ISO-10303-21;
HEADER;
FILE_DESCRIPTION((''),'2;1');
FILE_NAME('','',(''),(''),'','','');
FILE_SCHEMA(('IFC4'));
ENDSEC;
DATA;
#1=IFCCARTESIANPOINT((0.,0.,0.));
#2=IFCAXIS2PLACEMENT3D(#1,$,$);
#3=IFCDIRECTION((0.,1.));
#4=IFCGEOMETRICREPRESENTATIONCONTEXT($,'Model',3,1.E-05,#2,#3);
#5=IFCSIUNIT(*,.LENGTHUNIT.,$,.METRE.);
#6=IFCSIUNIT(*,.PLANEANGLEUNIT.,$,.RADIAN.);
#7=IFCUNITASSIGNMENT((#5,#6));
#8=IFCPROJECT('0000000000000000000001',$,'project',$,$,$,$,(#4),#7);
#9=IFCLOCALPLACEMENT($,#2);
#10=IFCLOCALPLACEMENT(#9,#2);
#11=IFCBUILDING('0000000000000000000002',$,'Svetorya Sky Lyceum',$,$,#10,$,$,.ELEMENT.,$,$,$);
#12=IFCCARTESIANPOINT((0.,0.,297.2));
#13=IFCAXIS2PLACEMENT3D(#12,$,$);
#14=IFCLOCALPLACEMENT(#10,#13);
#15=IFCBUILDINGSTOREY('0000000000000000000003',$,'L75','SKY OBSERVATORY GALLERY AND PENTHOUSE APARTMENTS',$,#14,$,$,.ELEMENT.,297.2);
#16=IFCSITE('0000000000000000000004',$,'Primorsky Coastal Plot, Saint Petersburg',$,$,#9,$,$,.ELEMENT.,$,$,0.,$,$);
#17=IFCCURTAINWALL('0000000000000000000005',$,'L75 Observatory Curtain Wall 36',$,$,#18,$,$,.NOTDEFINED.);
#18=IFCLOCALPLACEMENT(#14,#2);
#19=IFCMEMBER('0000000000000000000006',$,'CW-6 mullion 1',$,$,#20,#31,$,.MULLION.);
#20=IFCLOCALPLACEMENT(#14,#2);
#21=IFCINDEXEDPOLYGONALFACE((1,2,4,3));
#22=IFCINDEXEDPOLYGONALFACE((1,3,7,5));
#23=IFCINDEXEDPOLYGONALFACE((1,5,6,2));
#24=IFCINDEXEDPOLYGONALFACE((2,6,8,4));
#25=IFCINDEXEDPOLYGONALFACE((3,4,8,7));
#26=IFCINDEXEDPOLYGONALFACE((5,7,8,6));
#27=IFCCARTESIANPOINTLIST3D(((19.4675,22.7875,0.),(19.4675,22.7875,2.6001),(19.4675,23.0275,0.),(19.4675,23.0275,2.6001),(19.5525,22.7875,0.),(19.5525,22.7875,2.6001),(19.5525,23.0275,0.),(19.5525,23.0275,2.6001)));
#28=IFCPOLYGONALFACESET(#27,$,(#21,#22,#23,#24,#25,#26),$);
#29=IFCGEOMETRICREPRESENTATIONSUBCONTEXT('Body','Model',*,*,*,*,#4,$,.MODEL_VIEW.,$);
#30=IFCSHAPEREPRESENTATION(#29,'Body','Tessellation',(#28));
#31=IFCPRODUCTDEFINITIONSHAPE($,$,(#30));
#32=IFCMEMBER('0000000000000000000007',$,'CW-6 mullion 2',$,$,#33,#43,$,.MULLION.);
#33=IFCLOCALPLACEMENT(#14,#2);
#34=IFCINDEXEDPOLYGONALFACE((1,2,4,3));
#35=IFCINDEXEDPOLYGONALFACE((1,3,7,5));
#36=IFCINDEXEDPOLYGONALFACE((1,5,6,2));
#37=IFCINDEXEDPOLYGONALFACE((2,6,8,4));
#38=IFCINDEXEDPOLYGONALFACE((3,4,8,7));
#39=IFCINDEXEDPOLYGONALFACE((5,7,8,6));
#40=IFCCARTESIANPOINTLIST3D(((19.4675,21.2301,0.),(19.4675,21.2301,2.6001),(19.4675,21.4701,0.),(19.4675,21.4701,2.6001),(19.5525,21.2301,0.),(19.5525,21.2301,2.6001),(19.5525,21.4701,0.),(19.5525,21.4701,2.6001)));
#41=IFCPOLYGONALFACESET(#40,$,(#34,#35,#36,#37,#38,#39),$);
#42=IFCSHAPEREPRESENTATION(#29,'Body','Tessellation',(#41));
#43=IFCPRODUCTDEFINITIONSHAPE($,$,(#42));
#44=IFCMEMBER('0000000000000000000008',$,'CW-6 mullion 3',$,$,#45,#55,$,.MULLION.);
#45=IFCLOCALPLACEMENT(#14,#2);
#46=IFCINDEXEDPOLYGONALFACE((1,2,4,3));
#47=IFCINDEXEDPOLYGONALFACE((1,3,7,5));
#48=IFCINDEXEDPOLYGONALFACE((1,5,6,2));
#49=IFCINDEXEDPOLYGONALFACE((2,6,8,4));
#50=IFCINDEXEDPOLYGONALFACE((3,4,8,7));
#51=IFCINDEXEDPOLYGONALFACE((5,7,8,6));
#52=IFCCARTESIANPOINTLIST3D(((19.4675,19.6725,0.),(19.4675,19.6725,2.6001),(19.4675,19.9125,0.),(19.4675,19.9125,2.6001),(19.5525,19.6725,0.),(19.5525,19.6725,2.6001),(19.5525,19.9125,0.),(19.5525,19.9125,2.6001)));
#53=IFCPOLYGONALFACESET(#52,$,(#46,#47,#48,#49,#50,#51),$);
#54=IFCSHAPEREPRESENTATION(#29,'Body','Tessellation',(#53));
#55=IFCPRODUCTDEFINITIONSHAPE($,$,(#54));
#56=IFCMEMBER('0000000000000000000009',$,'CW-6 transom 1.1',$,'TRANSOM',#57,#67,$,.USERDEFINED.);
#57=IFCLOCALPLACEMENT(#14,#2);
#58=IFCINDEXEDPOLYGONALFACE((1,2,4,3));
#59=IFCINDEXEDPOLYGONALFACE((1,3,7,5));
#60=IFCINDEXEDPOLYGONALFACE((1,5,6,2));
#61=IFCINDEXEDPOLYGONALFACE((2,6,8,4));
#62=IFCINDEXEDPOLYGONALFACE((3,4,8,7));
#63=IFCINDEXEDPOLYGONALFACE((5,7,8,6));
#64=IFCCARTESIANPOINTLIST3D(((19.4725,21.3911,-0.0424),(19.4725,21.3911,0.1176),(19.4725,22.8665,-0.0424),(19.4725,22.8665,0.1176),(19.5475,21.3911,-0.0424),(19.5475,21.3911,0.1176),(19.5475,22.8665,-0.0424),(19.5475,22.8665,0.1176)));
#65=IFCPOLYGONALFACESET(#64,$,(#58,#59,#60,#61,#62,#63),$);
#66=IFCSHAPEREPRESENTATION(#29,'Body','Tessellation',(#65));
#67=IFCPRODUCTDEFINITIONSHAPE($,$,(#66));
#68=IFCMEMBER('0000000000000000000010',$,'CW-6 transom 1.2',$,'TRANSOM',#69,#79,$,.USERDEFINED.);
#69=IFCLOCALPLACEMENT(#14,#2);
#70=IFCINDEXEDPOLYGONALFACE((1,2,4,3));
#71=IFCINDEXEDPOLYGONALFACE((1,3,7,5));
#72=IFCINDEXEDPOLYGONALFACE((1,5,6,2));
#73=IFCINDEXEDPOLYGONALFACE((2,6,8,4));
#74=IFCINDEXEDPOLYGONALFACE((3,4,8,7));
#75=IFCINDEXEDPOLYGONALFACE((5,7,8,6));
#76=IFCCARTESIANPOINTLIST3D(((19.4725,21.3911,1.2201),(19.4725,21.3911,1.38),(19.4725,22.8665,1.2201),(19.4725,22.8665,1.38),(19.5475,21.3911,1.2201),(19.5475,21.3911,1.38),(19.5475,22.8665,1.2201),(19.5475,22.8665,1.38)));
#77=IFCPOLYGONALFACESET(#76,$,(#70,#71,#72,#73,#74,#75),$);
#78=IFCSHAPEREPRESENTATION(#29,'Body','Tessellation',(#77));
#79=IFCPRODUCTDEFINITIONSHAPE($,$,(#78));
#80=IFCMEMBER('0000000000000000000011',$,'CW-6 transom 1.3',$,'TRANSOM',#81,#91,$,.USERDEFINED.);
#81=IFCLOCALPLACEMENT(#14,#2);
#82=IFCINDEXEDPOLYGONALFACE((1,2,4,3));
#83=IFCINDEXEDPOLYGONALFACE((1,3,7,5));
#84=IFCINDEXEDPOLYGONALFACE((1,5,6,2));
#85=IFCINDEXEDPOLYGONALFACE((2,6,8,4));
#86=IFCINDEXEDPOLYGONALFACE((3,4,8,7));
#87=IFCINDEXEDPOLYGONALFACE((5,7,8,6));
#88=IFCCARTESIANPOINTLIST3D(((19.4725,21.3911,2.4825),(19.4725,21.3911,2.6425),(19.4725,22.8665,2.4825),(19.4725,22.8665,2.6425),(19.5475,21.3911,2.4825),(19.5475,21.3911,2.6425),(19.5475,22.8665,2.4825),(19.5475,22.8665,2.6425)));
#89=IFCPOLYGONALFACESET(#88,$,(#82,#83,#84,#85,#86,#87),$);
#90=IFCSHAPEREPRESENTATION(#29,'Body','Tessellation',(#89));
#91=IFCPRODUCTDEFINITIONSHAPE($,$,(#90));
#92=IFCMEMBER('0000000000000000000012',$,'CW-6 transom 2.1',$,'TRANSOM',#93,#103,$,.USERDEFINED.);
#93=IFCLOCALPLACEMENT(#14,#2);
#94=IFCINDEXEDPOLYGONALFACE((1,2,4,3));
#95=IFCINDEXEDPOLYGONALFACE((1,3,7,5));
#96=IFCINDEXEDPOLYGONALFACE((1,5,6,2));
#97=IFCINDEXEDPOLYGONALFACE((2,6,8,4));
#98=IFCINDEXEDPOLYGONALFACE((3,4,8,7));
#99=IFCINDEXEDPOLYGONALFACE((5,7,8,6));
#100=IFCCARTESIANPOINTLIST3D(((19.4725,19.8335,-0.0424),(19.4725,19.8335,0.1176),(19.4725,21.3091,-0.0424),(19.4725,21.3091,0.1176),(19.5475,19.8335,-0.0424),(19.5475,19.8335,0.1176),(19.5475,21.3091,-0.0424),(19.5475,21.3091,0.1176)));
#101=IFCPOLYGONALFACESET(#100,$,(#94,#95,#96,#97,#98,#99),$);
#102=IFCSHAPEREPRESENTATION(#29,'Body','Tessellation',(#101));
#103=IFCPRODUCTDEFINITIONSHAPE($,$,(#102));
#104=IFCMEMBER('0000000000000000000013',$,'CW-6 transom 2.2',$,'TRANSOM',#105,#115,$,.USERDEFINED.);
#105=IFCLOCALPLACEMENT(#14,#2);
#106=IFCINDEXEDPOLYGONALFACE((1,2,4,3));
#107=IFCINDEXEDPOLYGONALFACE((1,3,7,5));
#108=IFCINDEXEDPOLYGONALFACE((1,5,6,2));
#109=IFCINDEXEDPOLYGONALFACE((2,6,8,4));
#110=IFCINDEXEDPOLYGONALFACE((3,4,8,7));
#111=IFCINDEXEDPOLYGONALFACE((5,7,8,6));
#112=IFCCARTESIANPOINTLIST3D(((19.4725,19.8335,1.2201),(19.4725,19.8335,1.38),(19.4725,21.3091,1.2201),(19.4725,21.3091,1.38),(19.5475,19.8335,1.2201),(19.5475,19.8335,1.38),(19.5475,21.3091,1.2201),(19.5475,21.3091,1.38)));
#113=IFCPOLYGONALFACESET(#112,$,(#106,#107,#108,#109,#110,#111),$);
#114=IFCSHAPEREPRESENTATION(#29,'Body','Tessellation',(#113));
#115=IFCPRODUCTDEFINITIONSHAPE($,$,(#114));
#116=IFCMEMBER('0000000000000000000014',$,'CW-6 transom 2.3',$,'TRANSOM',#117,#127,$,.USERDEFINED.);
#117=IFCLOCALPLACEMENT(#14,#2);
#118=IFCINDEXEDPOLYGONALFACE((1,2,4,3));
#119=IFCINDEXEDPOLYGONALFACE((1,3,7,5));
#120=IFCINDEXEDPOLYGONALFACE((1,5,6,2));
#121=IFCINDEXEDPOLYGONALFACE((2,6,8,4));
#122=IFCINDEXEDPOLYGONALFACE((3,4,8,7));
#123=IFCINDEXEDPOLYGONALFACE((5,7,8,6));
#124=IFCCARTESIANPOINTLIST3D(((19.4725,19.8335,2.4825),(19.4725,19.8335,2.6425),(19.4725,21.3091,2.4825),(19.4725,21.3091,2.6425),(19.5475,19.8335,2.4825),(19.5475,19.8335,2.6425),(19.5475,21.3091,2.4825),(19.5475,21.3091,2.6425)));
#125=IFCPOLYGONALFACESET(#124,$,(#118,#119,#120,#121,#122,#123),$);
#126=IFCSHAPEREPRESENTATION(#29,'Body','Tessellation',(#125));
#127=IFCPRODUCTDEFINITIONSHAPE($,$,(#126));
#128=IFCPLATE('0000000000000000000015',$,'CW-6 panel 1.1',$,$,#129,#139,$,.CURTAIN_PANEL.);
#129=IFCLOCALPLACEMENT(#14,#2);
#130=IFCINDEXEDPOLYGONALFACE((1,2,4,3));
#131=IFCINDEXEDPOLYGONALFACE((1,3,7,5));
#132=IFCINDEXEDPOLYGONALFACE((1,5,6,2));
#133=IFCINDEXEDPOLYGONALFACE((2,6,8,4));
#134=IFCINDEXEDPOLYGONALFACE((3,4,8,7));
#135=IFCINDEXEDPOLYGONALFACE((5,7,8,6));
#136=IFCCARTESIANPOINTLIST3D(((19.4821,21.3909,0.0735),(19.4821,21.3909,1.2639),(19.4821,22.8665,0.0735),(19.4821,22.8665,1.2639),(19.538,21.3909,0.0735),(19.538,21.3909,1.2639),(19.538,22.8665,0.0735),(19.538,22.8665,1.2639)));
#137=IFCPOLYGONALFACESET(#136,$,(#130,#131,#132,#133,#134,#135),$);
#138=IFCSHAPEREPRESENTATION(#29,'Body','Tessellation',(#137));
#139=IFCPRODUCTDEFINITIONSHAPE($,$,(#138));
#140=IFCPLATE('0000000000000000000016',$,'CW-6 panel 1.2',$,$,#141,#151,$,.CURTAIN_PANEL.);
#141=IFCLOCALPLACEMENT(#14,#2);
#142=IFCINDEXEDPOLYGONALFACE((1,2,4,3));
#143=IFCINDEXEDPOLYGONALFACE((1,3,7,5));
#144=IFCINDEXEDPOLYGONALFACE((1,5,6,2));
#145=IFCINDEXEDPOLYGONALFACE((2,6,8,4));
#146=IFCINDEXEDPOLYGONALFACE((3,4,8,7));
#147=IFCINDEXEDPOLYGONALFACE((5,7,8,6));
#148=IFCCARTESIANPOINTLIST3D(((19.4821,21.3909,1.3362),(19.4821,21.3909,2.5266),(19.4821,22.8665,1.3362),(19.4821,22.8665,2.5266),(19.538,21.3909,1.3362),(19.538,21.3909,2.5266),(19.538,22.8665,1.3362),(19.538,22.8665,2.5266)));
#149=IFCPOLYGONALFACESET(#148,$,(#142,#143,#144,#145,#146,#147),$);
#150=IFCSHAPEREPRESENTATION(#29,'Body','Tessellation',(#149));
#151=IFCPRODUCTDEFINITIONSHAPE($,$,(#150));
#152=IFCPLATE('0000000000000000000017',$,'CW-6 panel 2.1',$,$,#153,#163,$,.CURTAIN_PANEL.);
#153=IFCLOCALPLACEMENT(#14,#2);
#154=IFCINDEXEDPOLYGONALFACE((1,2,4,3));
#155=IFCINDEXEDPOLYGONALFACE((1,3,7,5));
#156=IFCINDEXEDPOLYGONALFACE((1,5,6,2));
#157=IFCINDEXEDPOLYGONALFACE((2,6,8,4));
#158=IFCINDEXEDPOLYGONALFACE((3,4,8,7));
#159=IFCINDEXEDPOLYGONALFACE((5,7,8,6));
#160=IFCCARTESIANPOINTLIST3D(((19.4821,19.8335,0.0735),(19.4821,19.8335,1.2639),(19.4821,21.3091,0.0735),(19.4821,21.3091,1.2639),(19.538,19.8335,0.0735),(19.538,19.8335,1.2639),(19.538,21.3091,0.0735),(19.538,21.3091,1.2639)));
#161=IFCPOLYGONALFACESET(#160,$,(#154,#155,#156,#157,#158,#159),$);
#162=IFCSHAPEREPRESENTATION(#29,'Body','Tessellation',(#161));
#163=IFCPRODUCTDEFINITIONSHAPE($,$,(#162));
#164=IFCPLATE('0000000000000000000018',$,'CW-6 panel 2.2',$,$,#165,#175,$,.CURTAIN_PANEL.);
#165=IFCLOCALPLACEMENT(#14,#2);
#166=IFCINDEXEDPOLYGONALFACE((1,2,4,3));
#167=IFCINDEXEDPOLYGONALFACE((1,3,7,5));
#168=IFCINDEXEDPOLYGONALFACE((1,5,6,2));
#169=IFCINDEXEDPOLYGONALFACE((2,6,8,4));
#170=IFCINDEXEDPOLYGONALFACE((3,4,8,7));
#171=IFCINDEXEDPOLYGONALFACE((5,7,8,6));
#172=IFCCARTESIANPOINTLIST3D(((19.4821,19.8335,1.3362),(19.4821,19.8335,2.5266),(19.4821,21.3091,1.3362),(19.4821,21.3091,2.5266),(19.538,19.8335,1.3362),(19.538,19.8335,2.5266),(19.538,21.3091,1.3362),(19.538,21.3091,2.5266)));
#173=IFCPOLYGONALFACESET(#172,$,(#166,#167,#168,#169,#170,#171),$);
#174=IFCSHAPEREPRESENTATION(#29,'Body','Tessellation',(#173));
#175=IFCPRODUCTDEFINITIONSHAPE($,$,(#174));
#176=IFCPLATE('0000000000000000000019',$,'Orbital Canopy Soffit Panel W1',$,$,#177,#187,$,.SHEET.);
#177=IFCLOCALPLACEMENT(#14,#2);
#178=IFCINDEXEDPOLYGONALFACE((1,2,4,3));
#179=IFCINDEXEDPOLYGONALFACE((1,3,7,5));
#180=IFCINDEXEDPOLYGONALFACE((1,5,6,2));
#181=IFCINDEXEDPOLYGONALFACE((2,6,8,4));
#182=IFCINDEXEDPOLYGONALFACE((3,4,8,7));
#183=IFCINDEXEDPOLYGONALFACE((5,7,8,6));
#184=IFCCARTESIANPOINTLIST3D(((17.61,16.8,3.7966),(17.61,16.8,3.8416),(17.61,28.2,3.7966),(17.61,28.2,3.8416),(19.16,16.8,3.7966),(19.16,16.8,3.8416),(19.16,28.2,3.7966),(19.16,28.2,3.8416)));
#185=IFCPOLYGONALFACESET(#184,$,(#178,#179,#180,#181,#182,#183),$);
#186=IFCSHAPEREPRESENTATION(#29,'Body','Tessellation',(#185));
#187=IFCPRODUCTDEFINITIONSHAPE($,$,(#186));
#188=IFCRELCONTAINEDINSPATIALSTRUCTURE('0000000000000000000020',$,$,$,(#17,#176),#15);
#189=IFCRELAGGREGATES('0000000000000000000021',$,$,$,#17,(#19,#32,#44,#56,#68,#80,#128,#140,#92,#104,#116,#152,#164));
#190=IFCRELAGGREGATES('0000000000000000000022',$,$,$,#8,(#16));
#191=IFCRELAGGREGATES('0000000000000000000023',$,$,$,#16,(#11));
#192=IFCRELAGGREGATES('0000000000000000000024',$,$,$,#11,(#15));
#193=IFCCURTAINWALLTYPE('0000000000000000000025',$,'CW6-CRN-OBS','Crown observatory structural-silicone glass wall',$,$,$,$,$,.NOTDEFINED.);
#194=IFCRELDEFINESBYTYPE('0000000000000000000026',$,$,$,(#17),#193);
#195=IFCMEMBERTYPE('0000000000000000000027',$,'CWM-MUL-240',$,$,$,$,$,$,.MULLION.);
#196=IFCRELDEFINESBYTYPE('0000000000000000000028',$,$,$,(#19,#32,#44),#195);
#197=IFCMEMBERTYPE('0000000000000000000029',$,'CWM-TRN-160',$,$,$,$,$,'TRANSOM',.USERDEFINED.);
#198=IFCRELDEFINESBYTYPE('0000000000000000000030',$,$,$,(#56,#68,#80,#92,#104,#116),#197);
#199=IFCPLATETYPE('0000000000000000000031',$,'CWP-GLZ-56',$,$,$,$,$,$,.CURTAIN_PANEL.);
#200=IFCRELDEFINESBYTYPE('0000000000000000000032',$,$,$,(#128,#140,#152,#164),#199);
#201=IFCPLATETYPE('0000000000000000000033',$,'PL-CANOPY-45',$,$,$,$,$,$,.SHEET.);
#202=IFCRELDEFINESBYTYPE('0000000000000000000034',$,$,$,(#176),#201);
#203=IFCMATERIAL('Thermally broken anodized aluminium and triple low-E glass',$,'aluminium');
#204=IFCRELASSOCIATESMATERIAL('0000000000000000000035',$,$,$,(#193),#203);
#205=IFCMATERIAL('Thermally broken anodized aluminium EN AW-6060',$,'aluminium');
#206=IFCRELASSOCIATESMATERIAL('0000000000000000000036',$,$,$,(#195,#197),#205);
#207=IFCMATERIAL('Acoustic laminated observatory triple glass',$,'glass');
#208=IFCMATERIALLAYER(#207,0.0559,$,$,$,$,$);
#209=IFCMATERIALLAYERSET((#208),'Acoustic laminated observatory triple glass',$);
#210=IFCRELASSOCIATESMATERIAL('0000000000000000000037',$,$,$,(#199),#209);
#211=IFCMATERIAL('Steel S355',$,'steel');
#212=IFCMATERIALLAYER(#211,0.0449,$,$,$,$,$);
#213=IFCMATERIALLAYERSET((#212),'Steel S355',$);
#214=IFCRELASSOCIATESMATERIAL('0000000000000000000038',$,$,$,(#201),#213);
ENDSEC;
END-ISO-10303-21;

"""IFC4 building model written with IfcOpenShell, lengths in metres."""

from ifc_helpers import new_model, si_unit, direction, frame, origin, origin_2d, place, context, subcontext, project, spatial, rectangle, extrude, material, layer, layer_set, material_profile, profile_set, type_object, element, aggregate, save


model = new_model("IFC4")

# Units and contexts
model_context = context("Model", 3, precision=1e-05, world=origin(), true_north=direction((0.0, 1.0)))
body_context = subcontext(model_context, "Body", "Model", "MODEL_VIEW")
ifc_project = project(units=[si_unit("LENGTHUNIT", "METRE"), si_unit("PLANEANGLEUNIT", "RADIAN")], contexts=[model_context])

# Site, building, storey
site_placement = place(None, origin())
site = spatial("IfcSite", under=ifc_project, at=site_placement, Name="Primorsky Coastal Plot, Saint Petersburg", CompositionType="ELEMENT", RefElevation=0.0)
building_placement = place(site_placement, origin())
building = spatial("IfcBuilding", under=site, at=building_placement, Name="Svetorya Sky Lyceum", CompositionType="ELEMENT")
storey_placement = place(building_placement, frame((0.0, 0.0, 297.2)))
storey = spatial("IfcBuildingStorey", under=building, at=storey_placement, Name="L75", Description="SKY OBSERVATORY GALLERY AND PENTHOUSE APARTMENTS", CompositionType="ELEMENT", Elevation=297.2)

# Shared definitions
ifc_material_1 = material(Name="Steel S355", Category="steel")

# Curtain wall, members, plates
ifc_material_2 = material(Name="Thermally broken anodized aluminium and triple low-E glass", Category="aluminium")
curtain_wall_type = type_object("IfcCurtainWallType", Name="CW6-CRN-OBS", Description="Crown observatory structural-silicone glass wall", PredefinedType="NOTDEFINED", material=ifc_material_2)
curtain_wall_placement = place(storey_placement, origin())
curtain_wall = element("IfcCurtainWall", 1, at=curtain_wall_placement, inside=storey, type_object=curtain_wall_type, Name="L75 Observatory Curtain Wall 36", PredefinedType="NOTDEFINED")
ifc_material_3 = material(Name="Thermally broken anodized aluminium EN AW-6060", Category="aluminium")
ifc_material_profile_1 = material_profile(ifc_material_3, rectangle(XDim=0.085, YDim=0.24, at=origin_2d()), Name="ALU MULLION 85x240")
ifc_profile_set_1 = profile_set([ifc_material_profile_1], Name="Thermally broken anodized aluminium EN AW-6060")
member_type_1 = type_object("IfcMemberType", Name="CWM-MUL-240", PredefinedType="MULLION", material=ifc_profile_set_1)
member_1_placement = place(storey_placement, frame((19.51, 22.9075, 0.0), z_axis=(0.0, 0.0, 1.0), x_axis=(1.0, 0.0, 0.0)))
member_1 = element("IfcMember", 2, at=member_1_placement, type_object=member_type_1, Name="CW-6 mullion 1", PredefinedType="MULLION", context=body_context, shape_type="SweptSolid", body=[
    extrude(rectangle(XDim=0.085, YDim=0.24, at=origin_2d()), origin(), (0.0, 0.0, 1.0), 2.6001),
])
member_2_placement = place(storey_placement, frame((19.51, 21.3501, 0.0), z_axis=(0.0, 0.0, 1.0), x_axis=(1.0, 0.0, 0.0)))
member_2 = element("IfcMember", 3, at=member_2_placement, type_object=member_type_1, Name="CW-6 mullion 2", PredefinedType="MULLION", context=body_context, shape_type="SweptSolid", body=[
    extrude(rectangle(XDim=0.085, YDim=0.24, at=origin_2d()), origin(), (0.0, 0.0, 1.0), 2.6001),
])
member_3_placement = place(storey_placement, frame((19.51, 19.7925, 0.0), z_axis=(0.0, 0.0, 1.0), x_axis=(1.0, 0.0, 0.0)))
member_3 = element("IfcMember", 4, at=member_3_placement, type_object=member_type_1, Name="CW-6 mullion 3", PredefinedType="MULLION", context=body_context, shape_type="SweptSolid", body=[
    extrude(rectangle(XDim=0.085, YDim=0.24, at=origin_2d()), origin(), (0.0, 0.0, 1.0), 2.6001),
])
ifc_material_profile_2 = material_profile(ifc_material_3, rectangle(XDim=0.075, YDim=0.1599, at=origin_2d()), Name="ALU TRANSOM 75x160")
ifc_profile_set_2 = profile_set([ifc_material_profile_2], Name="Thermally broken anodized aluminium EN AW-6060")
member_type_2 = type_object("IfcMemberType", Name="CWM-TRN-160", ElementType="TRANSOM", PredefinedType="USERDEFINED", material=ifc_profile_set_2)
member_4_placement = place(storey_placement, frame((19.51, 22.8665, 0.0376), z_axis=(0.0, -1.0, 0.0), x_axis=(1.0, 0.0, 0.0)))
member_4 = element("IfcMember", 5, at=member_4_placement, type_object=member_type_2, Name="CW-6 transom 1.1", ObjectType="TRANSOM", PredefinedType="USERDEFINED", context=body_context, shape_type="SweptSolid", body=[
    extrude(rectangle(XDim=0.075, YDim=0.1599, at=origin_2d()), origin(), (0.0, 0.0, 1.0), 1.4753),
])
member_5_placement = place(storey_placement, frame((19.51, 22.8665, 1.3), z_axis=(0.0, -1.0, 0.0), x_axis=(1.0, 0.0, 0.0)))
member_5 = element("IfcMember", 6, at=member_5_placement, type_object=member_type_2, Name="CW-6 transom 1.2", ObjectType="TRANSOM", PredefinedType="USERDEFINED", context=body_context, shape_type="SweptSolid", body=[
    extrude(rectangle(XDim=0.075, YDim=0.1599, at=origin_2d()), origin(), (0.0, 0.0, 1.0), 1.4753),
])
member_6_placement = place(storey_placement, frame((19.51, 22.8665, 2.5625), z_axis=(0.0, -1.0, 0.0), x_axis=(1.0, 0.0, 0.0)))
member_6 = element("IfcMember", 7, at=member_6_placement, type_object=member_type_2, Name="CW-6 transom 1.3", ObjectType="TRANSOM", PredefinedType="USERDEFINED", context=body_context, shape_type="SweptSolid", body=[
    extrude(rectangle(XDim=0.075, YDim=0.1599, at=origin_2d()), origin(), (0.0, 0.0, 1.0), 1.4753),
])
member_7_placement = place(storey_placement, frame((19.51, 21.3091, 0.0376), z_axis=(0.0, -1.0, 0.0), x_axis=(1.0, 0.0, 0.0)))
member_7 = element("IfcMember", 8, at=member_7_placement, type_object=member_type_2, Name="CW-6 transom 2.1", ObjectType="TRANSOM", PredefinedType="USERDEFINED", context=body_context, shape_type="SweptSolid", body=[
    extrude(rectangle(XDim=0.075, YDim=0.1599, at=origin_2d()), origin(), (0.0, 0.0, 1.0), 1.4756),
])
member_8_placement = place(storey_placement, frame((19.51, 21.3091, 1.3), z_axis=(0.0, -1.0, 0.0), x_axis=(1.0, 0.0, 0.0)))
member_8 = element("IfcMember", 9, at=member_8_placement, type_object=member_type_2, Name="CW-6 transom 2.2", ObjectType="TRANSOM", PredefinedType="USERDEFINED", context=body_context, shape_type="SweptSolid", body=[
    extrude(rectangle(XDim=0.075, YDim=0.1599, at=origin_2d()), origin(), (0.0, 0.0, 1.0), 1.4756),
])
member_9_placement = place(storey_placement, frame((19.51, 21.3091, 2.5625), z_axis=(0.0, -1.0, 0.0), x_axis=(1.0, 0.0, 0.0)))
member_9 = element("IfcMember", 10, at=member_9_placement, type_object=member_type_2, Name="CW-6 transom 2.3", ObjectType="TRANSOM", PredefinedType="USERDEFINED", context=body_context, shape_type="SweptSolid", body=[
    extrude(rectangle(XDim=0.075, YDim=0.1599, at=origin_2d()), origin(), (0.0, 0.0, 1.0), 1.4756),
])
ifc_material_4 = material(Name="Acoustic laminated observatory triple glass", Category="glass")
ifc_layer_1 = layer(ifc_material_4, 0.0559)
ifc_layer_set_1 = layer_set([ifc_layer_1], Name="Acoustic laminated observatory triple glass")
plate_type_1 = type_object("IfcPlateType", Name="CWP-GLZ-56", PredefinedType="CURTAIN_PANEL", material=ifc_layer_set_1)
plate_1_placement = place(storey_placement, frame((19.51, 22.1287, 0.0735), z_axis=(0.0, 0.0, 1.0), x_axis=(0.0, -1.0, 0.0)))
plate_1 = element("IfcPlate", 11, at=plate_1_placement, type_object=plate_type_1, Name="CW-6 panel 1.1", PredefinedType="CURTAIN_PANEL", context=body_context, shape_type="SweptSolid", body=[
    extrude(rectangle(XDim=1.4756, YDim=0.0559, at=origin_2d()), origin(), (0.0, 0.0, 1.0), 1.1904),
])
plate_2_placement = place(storey_placement, frame((19.51, 22.1287, 1.3362), z_axis=(0.0, 0.0, 1.0), x_axis=(0.0, -1.0, 0.0)))
plate_2 = element("IfcPlate", 12, at=plate_2_placement, type_object=plate_type_1, Name="CW-6 panel 1.2", PredefinedType="CURTAIN_PANEL", context=body_context, shape_type="SweptSolid", body=[
    extrude(rectangle(XDim=1.4756, YDim=0.0559, at=origin_2d()), origin(), (0.0, 0.0, 1.0), 1.1904),
])
plate_3_placement = place(storey_placement, frame((19.51, 20.5713, 0.0735), z_axis=(0.0, 0.0, 1.0), x_axis=(0.0, -1.0, 0.0)))
plate_3 = element("IfcPlate", 13, at=plate_3_placement, type_object=plate_type_1, Name="CW-6 panel 2.1", PredefinedType="CURTAIN_PANEL", context=body_context, shape_type="SweptSolid", body=[
    extrude(rectangle(XDim=1.4756, YDim=0.0559, at=origin_2d()), origin(), (0.0, 0.0, 1.0), 1.1904),
])
plate_4_placement = place(storey_placement, frame((19.51, 20.5713, 1.3362), z_axis=(0.0, 0.0, 1.0), x_axis=(0.0, -1.0, 0.0)))
plate_4 = element("IfcPlate", 14, at=plate_4_placement, type_object=plate_type_1, Name="CW-6 panel 2.2", PredefinedType="CURTAIN_PANEL", context=body_context, shape_type="SweptSolid", body=[
    extrude(rectangle(XDim=1.4756, YDim=0.0559, at=origin_2d()), origin(), (0.0, 0.0, 1.0), 1.1904),
])
aggregate(curtain_wall, [member_1, member_2, member_3, member_4, member_5, member_6, plate_1, plate_2, member_7, member_8, member_9, plate_3, plate_4])

# Plate
ifc_layer_2 = layer(ifc_material_1, 0.0449)
ifc_layer_set_2 = layer_set([ifc_layer_2], Name="Steel S355")
plate_type_2 = type_object("IfcPlateType", Name="PL-CANOPY-45", PredefinedType="SHEET", material=ifc_layer_set_2)
for number, where, z_axis, x_axis, name in (
    (15, (18.385, 22.5, 3.7966), (0.0, 0.0, 1.0), (1.0, 0.0, 0.0), "Orbital Canopy Soffit Panel W1"),
):
    element("IfcPlate", number, at=place(storey_placement, frame(where, z_axis=z_axis, x_axis=x_axis)), inside=storey, type_object=plate_type_2, Name=name, PredefinedType="SHEET", context=body_context, shape_type="SweptSolid", body=[
        extrude(rectangle(XDim=1.55, YDim=11.3999, at=origin_2d()), origin(), (0.0, 0.0, 1.0), 0.0449),
    ])

save(model, "model.ifc")
